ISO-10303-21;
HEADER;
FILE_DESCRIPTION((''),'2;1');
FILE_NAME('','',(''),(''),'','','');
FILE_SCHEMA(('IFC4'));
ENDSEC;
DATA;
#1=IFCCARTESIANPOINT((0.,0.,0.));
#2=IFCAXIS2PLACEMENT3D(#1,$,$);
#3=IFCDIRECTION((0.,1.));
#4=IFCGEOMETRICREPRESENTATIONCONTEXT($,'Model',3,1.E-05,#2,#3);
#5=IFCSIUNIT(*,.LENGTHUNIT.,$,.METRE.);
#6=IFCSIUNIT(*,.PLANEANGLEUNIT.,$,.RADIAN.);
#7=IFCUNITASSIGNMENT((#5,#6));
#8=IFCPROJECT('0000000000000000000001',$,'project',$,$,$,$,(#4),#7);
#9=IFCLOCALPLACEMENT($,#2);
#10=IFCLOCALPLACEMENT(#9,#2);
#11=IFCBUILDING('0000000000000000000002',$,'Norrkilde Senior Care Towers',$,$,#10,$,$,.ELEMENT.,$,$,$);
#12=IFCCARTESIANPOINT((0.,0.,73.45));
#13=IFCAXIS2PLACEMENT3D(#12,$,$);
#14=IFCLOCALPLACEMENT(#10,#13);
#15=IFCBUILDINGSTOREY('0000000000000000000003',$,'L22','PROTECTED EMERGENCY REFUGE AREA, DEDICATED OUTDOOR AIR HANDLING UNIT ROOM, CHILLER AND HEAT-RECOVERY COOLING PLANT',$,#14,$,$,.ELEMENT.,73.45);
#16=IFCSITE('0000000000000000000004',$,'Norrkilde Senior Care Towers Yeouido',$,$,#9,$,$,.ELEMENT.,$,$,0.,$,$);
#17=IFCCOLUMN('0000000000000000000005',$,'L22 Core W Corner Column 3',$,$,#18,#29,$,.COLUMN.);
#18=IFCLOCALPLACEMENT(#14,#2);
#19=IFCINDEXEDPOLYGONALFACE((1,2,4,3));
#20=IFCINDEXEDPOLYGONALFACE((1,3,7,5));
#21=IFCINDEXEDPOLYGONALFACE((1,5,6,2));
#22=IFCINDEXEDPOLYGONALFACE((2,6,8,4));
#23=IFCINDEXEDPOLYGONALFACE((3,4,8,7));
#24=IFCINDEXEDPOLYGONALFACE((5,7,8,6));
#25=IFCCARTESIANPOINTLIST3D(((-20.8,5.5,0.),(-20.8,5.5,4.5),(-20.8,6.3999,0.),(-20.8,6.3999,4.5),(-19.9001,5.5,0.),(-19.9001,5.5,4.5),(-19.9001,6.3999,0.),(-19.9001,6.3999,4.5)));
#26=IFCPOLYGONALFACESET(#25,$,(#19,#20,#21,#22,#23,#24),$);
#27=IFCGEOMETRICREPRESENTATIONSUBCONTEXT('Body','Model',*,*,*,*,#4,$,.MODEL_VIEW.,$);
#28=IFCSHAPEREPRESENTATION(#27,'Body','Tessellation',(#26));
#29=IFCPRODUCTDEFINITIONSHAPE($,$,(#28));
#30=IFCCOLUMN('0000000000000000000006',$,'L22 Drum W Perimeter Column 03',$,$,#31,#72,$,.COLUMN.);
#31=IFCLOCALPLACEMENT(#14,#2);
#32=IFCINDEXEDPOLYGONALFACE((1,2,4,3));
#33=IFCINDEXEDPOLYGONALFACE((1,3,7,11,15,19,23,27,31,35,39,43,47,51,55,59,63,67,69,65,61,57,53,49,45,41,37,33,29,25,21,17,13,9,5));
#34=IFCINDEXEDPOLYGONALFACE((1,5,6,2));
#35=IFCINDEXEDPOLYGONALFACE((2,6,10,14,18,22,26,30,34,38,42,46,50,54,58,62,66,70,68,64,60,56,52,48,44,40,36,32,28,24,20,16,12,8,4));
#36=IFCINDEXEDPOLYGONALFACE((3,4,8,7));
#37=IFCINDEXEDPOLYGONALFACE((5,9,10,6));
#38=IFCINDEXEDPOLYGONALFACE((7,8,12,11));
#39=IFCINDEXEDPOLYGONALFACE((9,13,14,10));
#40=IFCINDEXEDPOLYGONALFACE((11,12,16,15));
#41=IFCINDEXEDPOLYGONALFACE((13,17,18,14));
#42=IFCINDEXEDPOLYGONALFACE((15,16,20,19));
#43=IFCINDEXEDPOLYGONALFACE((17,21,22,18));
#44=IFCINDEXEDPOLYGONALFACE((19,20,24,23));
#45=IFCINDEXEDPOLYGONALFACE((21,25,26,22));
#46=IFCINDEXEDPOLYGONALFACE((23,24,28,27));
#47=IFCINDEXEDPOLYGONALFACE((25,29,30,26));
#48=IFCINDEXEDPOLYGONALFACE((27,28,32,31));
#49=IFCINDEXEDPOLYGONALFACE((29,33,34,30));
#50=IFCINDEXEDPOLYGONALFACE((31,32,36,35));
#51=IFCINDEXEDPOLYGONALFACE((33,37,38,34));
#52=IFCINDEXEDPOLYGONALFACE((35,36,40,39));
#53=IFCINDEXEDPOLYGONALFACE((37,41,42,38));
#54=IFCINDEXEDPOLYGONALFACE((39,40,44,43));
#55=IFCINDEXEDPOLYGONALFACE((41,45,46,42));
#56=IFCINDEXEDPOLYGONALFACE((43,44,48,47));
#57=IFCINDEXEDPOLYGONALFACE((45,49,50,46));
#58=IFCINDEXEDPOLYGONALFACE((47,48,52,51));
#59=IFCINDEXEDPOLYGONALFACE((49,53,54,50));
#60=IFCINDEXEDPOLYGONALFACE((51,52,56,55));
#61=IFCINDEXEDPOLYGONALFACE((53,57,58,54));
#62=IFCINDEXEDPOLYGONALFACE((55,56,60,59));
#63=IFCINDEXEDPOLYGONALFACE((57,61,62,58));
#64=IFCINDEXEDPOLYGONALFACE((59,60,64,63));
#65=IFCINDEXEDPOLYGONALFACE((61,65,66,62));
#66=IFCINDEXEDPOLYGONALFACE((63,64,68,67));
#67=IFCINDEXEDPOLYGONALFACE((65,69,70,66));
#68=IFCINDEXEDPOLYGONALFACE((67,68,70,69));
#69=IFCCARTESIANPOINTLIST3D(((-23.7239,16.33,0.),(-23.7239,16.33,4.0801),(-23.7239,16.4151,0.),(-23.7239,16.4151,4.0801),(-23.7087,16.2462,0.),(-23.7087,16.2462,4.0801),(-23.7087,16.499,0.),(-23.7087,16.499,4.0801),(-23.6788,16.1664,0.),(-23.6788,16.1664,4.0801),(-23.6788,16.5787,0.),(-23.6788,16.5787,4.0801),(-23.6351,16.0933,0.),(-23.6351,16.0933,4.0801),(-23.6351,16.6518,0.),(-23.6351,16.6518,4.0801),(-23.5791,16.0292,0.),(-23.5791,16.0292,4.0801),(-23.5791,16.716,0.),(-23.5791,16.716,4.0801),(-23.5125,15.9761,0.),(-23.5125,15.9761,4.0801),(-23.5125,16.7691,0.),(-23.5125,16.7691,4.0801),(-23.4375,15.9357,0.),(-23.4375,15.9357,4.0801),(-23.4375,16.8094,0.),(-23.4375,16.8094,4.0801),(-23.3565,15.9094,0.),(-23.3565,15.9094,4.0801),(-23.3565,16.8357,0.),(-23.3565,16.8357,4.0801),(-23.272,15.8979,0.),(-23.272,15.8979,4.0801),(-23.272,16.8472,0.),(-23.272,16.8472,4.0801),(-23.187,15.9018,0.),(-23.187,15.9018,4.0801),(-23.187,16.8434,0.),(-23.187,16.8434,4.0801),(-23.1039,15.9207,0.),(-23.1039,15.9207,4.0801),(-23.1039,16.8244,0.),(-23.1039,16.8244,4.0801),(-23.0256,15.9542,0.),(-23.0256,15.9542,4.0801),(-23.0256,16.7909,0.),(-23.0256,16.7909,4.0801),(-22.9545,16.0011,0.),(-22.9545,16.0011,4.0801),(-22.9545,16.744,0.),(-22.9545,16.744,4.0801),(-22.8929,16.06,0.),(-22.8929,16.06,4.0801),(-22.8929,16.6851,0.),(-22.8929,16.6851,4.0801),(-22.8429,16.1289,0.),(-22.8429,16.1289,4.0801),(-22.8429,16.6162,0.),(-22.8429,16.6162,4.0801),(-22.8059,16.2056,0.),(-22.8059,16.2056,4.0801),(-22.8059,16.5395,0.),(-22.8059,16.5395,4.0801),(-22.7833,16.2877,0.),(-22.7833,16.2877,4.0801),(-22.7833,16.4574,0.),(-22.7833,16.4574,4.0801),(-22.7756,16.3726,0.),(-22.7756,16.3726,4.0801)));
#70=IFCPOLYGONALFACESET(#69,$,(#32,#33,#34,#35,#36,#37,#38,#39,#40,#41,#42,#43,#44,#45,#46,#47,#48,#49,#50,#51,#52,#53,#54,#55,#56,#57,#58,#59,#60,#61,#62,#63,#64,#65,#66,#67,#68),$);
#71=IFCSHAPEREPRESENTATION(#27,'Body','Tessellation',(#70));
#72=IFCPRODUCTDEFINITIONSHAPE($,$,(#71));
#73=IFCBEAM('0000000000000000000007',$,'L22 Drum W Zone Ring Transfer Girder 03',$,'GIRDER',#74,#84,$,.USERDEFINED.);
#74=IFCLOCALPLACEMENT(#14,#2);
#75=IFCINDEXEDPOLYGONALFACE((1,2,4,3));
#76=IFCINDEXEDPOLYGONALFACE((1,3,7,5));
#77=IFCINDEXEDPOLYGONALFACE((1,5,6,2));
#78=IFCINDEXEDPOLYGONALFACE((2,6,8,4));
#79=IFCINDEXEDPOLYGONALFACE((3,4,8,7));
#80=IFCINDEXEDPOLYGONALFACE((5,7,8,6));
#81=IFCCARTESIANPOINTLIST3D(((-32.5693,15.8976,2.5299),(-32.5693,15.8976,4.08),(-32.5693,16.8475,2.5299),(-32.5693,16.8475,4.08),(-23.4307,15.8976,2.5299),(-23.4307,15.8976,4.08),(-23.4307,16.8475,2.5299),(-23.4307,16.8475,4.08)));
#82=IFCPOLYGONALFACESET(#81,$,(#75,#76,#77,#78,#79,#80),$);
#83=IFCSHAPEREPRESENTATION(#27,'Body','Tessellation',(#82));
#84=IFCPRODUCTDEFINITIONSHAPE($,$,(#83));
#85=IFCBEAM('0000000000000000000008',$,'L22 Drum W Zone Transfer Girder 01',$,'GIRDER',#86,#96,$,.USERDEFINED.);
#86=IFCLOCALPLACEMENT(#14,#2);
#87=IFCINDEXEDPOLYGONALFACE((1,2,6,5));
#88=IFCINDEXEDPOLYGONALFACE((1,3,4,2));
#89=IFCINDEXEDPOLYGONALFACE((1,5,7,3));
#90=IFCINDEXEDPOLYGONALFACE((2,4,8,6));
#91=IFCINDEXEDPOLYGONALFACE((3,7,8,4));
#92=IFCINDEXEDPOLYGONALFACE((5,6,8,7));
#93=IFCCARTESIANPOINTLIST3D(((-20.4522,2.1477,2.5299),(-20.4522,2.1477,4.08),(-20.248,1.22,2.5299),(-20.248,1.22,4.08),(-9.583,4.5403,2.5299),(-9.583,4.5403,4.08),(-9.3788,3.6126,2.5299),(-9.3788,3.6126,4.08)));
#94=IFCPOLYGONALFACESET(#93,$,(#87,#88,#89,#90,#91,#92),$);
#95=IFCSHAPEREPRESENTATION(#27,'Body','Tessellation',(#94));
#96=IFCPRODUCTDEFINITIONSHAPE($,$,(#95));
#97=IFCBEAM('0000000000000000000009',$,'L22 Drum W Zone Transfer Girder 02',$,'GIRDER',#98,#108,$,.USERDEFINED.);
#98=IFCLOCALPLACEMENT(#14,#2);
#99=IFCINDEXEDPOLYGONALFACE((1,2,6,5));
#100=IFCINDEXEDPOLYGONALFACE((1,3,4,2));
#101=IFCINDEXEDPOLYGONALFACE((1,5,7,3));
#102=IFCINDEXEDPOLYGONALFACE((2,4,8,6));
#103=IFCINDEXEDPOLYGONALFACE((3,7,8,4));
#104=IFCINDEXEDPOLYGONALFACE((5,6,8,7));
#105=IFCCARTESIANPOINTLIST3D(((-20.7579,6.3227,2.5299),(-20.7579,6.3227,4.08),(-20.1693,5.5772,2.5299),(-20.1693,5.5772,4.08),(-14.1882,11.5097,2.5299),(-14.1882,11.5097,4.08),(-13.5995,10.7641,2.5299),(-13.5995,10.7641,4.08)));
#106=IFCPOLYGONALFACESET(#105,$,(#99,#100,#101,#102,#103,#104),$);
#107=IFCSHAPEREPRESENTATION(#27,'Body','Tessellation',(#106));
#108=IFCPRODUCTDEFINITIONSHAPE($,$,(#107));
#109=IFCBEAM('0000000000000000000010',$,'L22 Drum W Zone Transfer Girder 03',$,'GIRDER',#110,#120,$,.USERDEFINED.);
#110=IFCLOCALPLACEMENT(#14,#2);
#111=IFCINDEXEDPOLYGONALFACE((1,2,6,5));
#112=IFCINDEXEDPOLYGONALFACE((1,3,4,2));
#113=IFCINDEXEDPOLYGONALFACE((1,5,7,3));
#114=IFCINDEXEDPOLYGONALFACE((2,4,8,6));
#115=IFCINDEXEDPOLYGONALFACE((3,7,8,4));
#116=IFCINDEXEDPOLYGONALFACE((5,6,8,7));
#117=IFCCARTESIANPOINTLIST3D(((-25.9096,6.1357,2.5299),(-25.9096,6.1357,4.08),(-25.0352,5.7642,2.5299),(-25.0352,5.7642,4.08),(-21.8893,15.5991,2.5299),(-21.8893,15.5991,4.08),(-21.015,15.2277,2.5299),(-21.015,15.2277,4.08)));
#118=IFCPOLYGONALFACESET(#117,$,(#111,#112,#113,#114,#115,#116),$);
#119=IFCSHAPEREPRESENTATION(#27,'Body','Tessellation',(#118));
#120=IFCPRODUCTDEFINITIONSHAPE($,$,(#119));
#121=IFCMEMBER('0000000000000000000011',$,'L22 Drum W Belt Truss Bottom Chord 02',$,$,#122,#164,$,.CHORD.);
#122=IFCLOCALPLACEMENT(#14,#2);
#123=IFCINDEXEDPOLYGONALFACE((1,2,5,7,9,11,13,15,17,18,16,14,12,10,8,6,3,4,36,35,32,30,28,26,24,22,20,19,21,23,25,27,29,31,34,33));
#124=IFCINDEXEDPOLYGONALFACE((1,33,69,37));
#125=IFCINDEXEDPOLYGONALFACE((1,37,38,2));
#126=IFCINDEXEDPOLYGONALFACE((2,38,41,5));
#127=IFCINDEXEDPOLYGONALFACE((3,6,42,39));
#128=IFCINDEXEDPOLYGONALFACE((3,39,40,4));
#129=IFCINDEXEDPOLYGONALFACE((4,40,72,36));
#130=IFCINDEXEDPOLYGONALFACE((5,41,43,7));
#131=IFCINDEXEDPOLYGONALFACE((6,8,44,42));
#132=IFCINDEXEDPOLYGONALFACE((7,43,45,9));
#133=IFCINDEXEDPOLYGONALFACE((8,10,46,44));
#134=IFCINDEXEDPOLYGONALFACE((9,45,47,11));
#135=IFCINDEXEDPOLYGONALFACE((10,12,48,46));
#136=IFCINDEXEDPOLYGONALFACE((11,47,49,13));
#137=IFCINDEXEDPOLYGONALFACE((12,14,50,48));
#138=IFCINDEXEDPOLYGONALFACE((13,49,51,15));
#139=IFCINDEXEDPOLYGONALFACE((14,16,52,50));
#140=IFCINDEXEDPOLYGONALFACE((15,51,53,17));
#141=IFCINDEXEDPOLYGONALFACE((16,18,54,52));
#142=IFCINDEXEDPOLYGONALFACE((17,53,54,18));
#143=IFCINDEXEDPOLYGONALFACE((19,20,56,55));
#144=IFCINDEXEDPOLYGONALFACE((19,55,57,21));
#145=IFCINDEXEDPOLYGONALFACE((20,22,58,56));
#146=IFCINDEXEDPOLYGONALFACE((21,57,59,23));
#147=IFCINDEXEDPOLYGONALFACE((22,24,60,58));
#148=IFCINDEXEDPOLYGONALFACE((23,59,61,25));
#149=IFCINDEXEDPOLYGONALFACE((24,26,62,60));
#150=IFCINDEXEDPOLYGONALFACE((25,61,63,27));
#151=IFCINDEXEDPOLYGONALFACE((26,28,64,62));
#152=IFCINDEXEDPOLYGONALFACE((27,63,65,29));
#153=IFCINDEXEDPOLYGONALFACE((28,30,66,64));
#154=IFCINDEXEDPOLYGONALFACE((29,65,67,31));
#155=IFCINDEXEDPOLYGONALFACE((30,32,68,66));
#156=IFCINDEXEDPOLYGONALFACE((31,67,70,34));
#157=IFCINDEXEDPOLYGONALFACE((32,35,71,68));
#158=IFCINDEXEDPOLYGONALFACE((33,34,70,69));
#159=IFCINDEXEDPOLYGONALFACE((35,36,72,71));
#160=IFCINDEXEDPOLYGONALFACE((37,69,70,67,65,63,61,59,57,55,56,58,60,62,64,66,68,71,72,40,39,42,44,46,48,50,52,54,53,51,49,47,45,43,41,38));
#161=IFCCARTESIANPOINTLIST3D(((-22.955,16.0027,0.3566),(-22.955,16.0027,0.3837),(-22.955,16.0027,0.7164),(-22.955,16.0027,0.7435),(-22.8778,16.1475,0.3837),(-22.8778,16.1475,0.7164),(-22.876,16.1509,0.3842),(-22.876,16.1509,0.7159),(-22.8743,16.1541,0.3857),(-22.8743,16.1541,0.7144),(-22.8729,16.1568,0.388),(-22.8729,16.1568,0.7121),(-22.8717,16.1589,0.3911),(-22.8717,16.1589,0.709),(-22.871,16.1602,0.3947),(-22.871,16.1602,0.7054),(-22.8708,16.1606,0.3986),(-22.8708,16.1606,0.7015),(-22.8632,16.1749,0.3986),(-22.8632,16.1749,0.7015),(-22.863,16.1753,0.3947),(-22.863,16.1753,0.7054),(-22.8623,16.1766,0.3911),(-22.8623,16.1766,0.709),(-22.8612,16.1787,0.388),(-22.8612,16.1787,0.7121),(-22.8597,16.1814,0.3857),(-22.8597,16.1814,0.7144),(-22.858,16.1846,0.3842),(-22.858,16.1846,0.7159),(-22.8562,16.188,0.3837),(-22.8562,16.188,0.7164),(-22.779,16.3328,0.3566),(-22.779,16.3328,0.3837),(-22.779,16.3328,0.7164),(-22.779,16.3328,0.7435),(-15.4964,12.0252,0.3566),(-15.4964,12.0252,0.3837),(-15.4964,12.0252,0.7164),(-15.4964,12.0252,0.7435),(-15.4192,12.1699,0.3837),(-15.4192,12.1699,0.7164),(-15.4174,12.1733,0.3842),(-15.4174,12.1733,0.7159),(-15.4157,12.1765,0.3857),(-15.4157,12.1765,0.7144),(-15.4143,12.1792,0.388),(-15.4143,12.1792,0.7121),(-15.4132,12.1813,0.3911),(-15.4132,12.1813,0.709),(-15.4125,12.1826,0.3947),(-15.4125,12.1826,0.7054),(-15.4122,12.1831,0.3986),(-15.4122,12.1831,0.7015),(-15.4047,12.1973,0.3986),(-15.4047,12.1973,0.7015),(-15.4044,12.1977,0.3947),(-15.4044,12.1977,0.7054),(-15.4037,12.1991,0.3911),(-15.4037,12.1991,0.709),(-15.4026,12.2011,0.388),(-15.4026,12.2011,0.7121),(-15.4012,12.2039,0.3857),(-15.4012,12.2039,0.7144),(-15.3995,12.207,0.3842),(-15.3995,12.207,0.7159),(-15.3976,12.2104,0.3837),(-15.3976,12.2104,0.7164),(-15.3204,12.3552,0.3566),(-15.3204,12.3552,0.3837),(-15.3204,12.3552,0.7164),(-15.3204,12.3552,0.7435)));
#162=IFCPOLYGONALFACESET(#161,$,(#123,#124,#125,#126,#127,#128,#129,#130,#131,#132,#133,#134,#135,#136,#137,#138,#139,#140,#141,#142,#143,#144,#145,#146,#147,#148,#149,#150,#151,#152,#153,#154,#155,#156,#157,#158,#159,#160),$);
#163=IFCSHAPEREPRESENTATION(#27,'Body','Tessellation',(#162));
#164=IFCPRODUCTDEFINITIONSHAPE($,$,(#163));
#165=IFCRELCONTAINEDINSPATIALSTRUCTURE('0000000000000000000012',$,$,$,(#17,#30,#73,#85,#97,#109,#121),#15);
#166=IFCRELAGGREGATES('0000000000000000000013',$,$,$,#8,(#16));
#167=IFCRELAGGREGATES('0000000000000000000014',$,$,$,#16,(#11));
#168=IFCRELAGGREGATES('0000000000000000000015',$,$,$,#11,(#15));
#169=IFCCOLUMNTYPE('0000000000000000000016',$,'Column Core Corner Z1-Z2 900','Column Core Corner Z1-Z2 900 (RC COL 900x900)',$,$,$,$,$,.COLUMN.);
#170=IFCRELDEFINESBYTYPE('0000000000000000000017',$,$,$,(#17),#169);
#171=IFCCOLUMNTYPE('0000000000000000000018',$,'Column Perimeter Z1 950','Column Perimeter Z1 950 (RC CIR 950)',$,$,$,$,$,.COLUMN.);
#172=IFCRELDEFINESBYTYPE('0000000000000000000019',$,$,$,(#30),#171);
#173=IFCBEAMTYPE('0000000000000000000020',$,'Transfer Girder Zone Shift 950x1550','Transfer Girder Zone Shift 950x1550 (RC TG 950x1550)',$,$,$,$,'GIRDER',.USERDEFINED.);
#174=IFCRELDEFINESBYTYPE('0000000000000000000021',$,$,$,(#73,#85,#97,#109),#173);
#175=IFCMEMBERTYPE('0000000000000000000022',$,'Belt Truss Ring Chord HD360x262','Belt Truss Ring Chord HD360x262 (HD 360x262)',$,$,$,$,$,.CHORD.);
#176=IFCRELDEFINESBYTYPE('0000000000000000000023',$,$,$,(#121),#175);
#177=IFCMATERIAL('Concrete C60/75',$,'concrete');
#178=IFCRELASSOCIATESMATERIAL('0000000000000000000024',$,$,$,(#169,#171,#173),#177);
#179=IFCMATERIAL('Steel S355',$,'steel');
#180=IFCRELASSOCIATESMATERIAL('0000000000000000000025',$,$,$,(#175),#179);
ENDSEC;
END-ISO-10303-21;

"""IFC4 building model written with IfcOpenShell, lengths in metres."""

from ifc_helpers import new_model, si_unit, direction, frame, origin, origin_2d, place, context, subcontext, project, spatial, rectangle, circle, i_section, extrude, source, transform, mapped, material, material_profile, profile_set, type_object, type_shapes, element, save


model = new_model("IFC4")

# Units and contexts
model_context = context("Model", 3, precision=1e-05, world=origin(), true_north=direction((0.0, 1.0)))
body_context = subcontext(model_context, "Body", "Model", "MODEL_VIEW")
ifc_project = project(units=[si_unit("LENGTHUNIT", "METRE"), si_unit("PLANEANGLEUNIT", "RADIAN")], contexts=[model_context])

# Site, building, storey
site_placement = place(None, origin())
site = spatial("IfcSite", under=ifc_project, at=site_placement, Name="Norrkilde Senior Care Towers Yeouido", CompositionType="ELEMENT", RefElevation=0.0)
building_placement = place(site_placement, origin())
building = spatial("IfcBuilding", under=site, at=building_placement, Name="Norrkilde Senior Care Towers", CompositionType="ELEMENT")
storey_placement = place(building_placement, frame((0.0, 0.0, 73.45)))
storey = spatial("IfcBuildingStorey", under=building, at=storey_placement, Name="L22", Description="PROTECTED EMERGENCY REFUGE AREA, DEDICATED OUTDOOR AIR HANDLING UNIT ROOM, CHILLER AND HEAT-RECOVERY COOLING PLANT", CompositionType="ELEMENT", Elevation=73.45)

# Columns
ifc_material_1 = material(Name="Concrete C60/75", Category="concrete")
ifc_material_profile_1 = material_profile(ifc_material_1, rectangle(XDim=0.8999, YDim=0.8999, at=origin_2d()), Name="RC COL 900x900")
ifc_profile_set_1 = profile_set([ifc_material_profile_1], Name="Concrete C60/75")
column_type_1 = type_object("IfcColumnType", Name="Column Core Corner Z1-Z2 900", Description="Column Core Corner Z1-Z2 900 (RC COL 900x900)", PredefinedType="COLUMN", material=ifc_profile_set_1)
shared_shape_1 = source(origin(), body_context, "Body", "SweptSolid", [
    extrude(rectangle(XDim=0.8999, YDim=0.8999, at=origin_2d()), origin(), (0.0, 0.0, 1.0), 4.5),
])
type_shapes(column_type_1, [shared_shape_1])
column_1_placement = place(storey_placement, frame((-20.3501, 5.95, 0.0), z_axis=(0.0, 0.0, 1.0), x_axis=(1.0, 0.0, 0.0)))
element("IfcColumn", 1, at=column_1_placement, inside=storey, type_object=column_type_1, Name="L22 Core W Corner Column 3", PredefinedType="COLUMN", context=body_context, shape_type="MappedRepresentation", body=[
    mapped(shared_shape_1, transform((0.0, 0.0, 0.0), x_axis=(1.0, 0.0, 0.0), y_axis=(0.0, 1.0, 0.0), z_axis=(0.0, 0.0, 1.0), scale=1.0)),
])
ifc_material_profile_2 = material_profile(ifc_material_1, circle(Radius=0.4751, at=origin_2d()), Name="RC CIR 950")
ifc_profile_set_2 = profile_set([ifc_material_profile_2], Name="Concrete C60/75")
column_type_2 = type_object("IfcColumnType", Name="Column Perimeter Z1 950", Description="Column Perimeter Z1 950 (RC CIR 950)", PredefinedType="COLUMN", material=ifc_profile_set_2)
shared_shape_2 = source(origin(), body_context, "Body", "SweptSolid", [
    extrude(circle(Radius=0.4751, at=origin_2d()), origin(), (0.0, 0.0, 1.0), 4.0801),
])
type_shapes(column_type_2, [shared_shape_2])
column_2_placement = place(storey_placement, frame((-23.2507, 16.3726, 0.0), z_axis=(0.0, 0.0, 1.0), x_axis=(1.0, 0.0, 0.0)))
element("IfcColumn", 2, at=column_2_placement, inside=storey, type_object=column_type_2, Name="L22 Drum W Perimeter Column 03", PredefinedType="COLUMN", context=body_context, shape_type="MappedRepresentation", body=[
    mapped(shared_shape_2, transform((0.0, 0.0, 0.0), x_axis=(1.0, 0.0, 0.0), y_axis=(0.0, 1.0, 0.0), z_axis=(0.0, 0.0, 1.0), scale=1.0)),
])

# Beams
ifc_material_profile_3 = material_profile(ifc_material_1, rectangle(XDim=0.95, YDim=1.55, at=origin_2d()), Name="RC TG 950x1550")
ifc_profile_set_3 = profile_set([ifc_material_profile_3], Name="Concrete C60/75")
beam_type = type_object("IfcBeamType", Name="Transfer Girder Zone Shift 950x1550", Description="Transfer Girder Zone Shift 950x1550 (RC TG 950x1550)", ElementType="GIRDER", PredefinedType="USERDEFINED", material=ifc_profile_set_3)
shared_shape_3 = source(origin(), body_context, "Body", "SweptSolid", [
    extrude(rectangle(XDim=0.95, YDim=1.55, at=origin_2d()), origin(), (0.0, 0.0, 1.0), 9.1387),
])
beam_1_placement = place(storey_placement, frame((-23.4307, 16.3726, 3.3049), z_axis=(-1.0, 0.0, 0.0), x_axis=(0.0, -1.0, 0.0)))
element("IfcBeam", 3, at=beam_1_placement, inside=storey, type_object=beam_type, Name="L22 Drum W Zone Ring Transfer Girder 03", ObjectType="GIRDER", PredefinedType="USERDEFINED", context=body_context, shape_type="MappedRepresentation", body=[
    mapped(shared_shape_3, transform((0.0, 0.0, 0.0), x_axis=(1.0, 0.0, 0.0), y_axis=(0.0, 1.0, 0.0), z_axis=(0.0, 0.0, 1.0), scale=1.0)),
])
shared_shape_4 = source(origin(), body_context, "Body", "SweptSolid", [
    extrude(rectangle(XDim=0.95, YDim=1.55, at=origin_2d()), origin(), (0.0, 0.0, 1.0), 11.1294),
])
beam_2_placement = place(storey_placement, frame((-20.3501, 1.6838, 3.3049), z_axis=(0.976619, 0.214979, 0.0), x_axis=(-0.214979, 0.976619, 0.0)))
element("IfcBeam", 4, at=beam_2_placement, inside=storey, type_object=beam_type, Name="L22 Drum W Zone Transfer Girder 01", ObjectType="GIRDER", PredefinedType="USERDEFINED", context=body_context, shape_type="MappedRepresentation", body=[
    mapped(shared_shape_4, transform((0.0, 0.0, 0.0), x_axis=(1.0, 0.0, 0.0), y_axis=(0.0, 1.0, 0.0), z_axis=(0.0, 0.0, 1.0), scale=1.0)),
])
shared_shape_5 = source(origin(), body_context, "Body", "SweptSolid", [
    extrude(rectangle(XDim=0.95, YDim=1.55, at=origin_2d()), origin(), (0.0, 0.0, 1.0), 8.3706),
])
beam_3_placement = place(storey_placement, frame((-20.4636, 5.95, 3.3049), z_axis=(0.784865, 0.619667, 0.0), x_axis=(-0.619667, 0.784865, 0.0)))
element("IfcBeam", 5, at=beam_3_placement, inside=storey, type_object=beam_type, Name="L22 Drum W Zone Transfer Girder 02", ObjectType="GIRDER", PredefinedType="USERDEFINED", context=body_context, shape_type="MappedRepresentation", body=[
    mapped(shared_shape_5, transform((0.0, 0.0, 0.0), x_axis=(1.0, 0.0, 0.0), y_axis=(0.0, 1.0, 0.0), z_axis=(0.0, 0.0, 1.0), scale=1.0)),
])
shared_shape_6 = source(origin(), body_context, "Body", "SweptSolid", [
    extrude(rectangle(XDim=0.95, YDim=1.55, at=origin_2d()), origin(), (0.0, 0.0, 1.0), 10.282),
])
type_shapes(beam_type, [shared_shape_3, shared_shape_4, shared_shape_5, shared_shape_6])
beam_4_placement = place(storey_placement, frame((-25.4724, 5.95, 3.3049), z_axis=(0.391003, 0.920389, 0.0), x_axis=(-0.920389, 0.391003, 0.0)))
element("IfcBeam", 6, at=beam_4_placement, inside=storey, type_object=beam_type, Name="L22 Drum W Zone Transfer Girder 03", ObjectType="GIRDER", PredefinedType="USERDEFINED", context=body_context, shape_type="MappedRepresentation", body=[
    mapped(shared_shape_6, transform((0.0, 0.0, 0.0), x_axis=(1.0, 0.0, 0.0), y_axis=(0.0, 1.0, 0.0), z_axis=(0.0, 0.0, 1.0), scale=1.0)),
])

# Member
ifc_material_2 = material(Name="Steel S355", Category="steel")
ifc_material_profile_4 = material_profile(ifc_material_2, i_section(OverallWidth=0.374, OverallDepth=0.387, WebThickness=0.0161, FlangeThickness=0.0271, FilletRadius=0.0149, at=origin_2d()), Name="HD 360x262")
ifc_profile_set_4 = profile_set([ifc_material_profile_4], Name="Steel S355")
member_type_1 = type_object("IfcMemberType", Name="Belt Truss Ring Chord HD360x262", Description="Belt Truss Ring Chord HD360x262 (HD 360x262)", PredefinedType="CHORD", material=ifc_profile_set_4)
shared_shape_7 = source(origin(), body_context, "Body", "SweptSolid", [
    extrude(i_section(OverallWidth=0.374, OverallDepth=0.387, WebThickness=0.0161, FlangeThickness=0.0271, FilletRadius=0.0149, at=origin_2d()), origin(), (0.0, 0.0, 1.0), 8.4529),
])
member_1_placement = place(storey_placement, frame((-15.4084, 12.1902, 0.55), z_axis=(-0.882369, 0.470558, 0.0), x_axis=(-0.470558, -0.882369, 0.0)))
element("IfcMember", 7, at=member_1_placement, inside=storey, type_object=member_type_1, Name="L22 Drum W Belt Truss Bottom Chord 02", PredefinedType="CHORD", context=body_context, shape_type="MappedRepresentation", body=[
    mapped(shared_shape_7, transform((0.0, 0.0, 0.0), x_axis=(1.0, 0.0, 0.0), y_axis=(0.0, 1.0, 0.0), z_axis=(0.0, 0.0, 1.0), scale=1.0)),
])

save(model, "model.ifc")
